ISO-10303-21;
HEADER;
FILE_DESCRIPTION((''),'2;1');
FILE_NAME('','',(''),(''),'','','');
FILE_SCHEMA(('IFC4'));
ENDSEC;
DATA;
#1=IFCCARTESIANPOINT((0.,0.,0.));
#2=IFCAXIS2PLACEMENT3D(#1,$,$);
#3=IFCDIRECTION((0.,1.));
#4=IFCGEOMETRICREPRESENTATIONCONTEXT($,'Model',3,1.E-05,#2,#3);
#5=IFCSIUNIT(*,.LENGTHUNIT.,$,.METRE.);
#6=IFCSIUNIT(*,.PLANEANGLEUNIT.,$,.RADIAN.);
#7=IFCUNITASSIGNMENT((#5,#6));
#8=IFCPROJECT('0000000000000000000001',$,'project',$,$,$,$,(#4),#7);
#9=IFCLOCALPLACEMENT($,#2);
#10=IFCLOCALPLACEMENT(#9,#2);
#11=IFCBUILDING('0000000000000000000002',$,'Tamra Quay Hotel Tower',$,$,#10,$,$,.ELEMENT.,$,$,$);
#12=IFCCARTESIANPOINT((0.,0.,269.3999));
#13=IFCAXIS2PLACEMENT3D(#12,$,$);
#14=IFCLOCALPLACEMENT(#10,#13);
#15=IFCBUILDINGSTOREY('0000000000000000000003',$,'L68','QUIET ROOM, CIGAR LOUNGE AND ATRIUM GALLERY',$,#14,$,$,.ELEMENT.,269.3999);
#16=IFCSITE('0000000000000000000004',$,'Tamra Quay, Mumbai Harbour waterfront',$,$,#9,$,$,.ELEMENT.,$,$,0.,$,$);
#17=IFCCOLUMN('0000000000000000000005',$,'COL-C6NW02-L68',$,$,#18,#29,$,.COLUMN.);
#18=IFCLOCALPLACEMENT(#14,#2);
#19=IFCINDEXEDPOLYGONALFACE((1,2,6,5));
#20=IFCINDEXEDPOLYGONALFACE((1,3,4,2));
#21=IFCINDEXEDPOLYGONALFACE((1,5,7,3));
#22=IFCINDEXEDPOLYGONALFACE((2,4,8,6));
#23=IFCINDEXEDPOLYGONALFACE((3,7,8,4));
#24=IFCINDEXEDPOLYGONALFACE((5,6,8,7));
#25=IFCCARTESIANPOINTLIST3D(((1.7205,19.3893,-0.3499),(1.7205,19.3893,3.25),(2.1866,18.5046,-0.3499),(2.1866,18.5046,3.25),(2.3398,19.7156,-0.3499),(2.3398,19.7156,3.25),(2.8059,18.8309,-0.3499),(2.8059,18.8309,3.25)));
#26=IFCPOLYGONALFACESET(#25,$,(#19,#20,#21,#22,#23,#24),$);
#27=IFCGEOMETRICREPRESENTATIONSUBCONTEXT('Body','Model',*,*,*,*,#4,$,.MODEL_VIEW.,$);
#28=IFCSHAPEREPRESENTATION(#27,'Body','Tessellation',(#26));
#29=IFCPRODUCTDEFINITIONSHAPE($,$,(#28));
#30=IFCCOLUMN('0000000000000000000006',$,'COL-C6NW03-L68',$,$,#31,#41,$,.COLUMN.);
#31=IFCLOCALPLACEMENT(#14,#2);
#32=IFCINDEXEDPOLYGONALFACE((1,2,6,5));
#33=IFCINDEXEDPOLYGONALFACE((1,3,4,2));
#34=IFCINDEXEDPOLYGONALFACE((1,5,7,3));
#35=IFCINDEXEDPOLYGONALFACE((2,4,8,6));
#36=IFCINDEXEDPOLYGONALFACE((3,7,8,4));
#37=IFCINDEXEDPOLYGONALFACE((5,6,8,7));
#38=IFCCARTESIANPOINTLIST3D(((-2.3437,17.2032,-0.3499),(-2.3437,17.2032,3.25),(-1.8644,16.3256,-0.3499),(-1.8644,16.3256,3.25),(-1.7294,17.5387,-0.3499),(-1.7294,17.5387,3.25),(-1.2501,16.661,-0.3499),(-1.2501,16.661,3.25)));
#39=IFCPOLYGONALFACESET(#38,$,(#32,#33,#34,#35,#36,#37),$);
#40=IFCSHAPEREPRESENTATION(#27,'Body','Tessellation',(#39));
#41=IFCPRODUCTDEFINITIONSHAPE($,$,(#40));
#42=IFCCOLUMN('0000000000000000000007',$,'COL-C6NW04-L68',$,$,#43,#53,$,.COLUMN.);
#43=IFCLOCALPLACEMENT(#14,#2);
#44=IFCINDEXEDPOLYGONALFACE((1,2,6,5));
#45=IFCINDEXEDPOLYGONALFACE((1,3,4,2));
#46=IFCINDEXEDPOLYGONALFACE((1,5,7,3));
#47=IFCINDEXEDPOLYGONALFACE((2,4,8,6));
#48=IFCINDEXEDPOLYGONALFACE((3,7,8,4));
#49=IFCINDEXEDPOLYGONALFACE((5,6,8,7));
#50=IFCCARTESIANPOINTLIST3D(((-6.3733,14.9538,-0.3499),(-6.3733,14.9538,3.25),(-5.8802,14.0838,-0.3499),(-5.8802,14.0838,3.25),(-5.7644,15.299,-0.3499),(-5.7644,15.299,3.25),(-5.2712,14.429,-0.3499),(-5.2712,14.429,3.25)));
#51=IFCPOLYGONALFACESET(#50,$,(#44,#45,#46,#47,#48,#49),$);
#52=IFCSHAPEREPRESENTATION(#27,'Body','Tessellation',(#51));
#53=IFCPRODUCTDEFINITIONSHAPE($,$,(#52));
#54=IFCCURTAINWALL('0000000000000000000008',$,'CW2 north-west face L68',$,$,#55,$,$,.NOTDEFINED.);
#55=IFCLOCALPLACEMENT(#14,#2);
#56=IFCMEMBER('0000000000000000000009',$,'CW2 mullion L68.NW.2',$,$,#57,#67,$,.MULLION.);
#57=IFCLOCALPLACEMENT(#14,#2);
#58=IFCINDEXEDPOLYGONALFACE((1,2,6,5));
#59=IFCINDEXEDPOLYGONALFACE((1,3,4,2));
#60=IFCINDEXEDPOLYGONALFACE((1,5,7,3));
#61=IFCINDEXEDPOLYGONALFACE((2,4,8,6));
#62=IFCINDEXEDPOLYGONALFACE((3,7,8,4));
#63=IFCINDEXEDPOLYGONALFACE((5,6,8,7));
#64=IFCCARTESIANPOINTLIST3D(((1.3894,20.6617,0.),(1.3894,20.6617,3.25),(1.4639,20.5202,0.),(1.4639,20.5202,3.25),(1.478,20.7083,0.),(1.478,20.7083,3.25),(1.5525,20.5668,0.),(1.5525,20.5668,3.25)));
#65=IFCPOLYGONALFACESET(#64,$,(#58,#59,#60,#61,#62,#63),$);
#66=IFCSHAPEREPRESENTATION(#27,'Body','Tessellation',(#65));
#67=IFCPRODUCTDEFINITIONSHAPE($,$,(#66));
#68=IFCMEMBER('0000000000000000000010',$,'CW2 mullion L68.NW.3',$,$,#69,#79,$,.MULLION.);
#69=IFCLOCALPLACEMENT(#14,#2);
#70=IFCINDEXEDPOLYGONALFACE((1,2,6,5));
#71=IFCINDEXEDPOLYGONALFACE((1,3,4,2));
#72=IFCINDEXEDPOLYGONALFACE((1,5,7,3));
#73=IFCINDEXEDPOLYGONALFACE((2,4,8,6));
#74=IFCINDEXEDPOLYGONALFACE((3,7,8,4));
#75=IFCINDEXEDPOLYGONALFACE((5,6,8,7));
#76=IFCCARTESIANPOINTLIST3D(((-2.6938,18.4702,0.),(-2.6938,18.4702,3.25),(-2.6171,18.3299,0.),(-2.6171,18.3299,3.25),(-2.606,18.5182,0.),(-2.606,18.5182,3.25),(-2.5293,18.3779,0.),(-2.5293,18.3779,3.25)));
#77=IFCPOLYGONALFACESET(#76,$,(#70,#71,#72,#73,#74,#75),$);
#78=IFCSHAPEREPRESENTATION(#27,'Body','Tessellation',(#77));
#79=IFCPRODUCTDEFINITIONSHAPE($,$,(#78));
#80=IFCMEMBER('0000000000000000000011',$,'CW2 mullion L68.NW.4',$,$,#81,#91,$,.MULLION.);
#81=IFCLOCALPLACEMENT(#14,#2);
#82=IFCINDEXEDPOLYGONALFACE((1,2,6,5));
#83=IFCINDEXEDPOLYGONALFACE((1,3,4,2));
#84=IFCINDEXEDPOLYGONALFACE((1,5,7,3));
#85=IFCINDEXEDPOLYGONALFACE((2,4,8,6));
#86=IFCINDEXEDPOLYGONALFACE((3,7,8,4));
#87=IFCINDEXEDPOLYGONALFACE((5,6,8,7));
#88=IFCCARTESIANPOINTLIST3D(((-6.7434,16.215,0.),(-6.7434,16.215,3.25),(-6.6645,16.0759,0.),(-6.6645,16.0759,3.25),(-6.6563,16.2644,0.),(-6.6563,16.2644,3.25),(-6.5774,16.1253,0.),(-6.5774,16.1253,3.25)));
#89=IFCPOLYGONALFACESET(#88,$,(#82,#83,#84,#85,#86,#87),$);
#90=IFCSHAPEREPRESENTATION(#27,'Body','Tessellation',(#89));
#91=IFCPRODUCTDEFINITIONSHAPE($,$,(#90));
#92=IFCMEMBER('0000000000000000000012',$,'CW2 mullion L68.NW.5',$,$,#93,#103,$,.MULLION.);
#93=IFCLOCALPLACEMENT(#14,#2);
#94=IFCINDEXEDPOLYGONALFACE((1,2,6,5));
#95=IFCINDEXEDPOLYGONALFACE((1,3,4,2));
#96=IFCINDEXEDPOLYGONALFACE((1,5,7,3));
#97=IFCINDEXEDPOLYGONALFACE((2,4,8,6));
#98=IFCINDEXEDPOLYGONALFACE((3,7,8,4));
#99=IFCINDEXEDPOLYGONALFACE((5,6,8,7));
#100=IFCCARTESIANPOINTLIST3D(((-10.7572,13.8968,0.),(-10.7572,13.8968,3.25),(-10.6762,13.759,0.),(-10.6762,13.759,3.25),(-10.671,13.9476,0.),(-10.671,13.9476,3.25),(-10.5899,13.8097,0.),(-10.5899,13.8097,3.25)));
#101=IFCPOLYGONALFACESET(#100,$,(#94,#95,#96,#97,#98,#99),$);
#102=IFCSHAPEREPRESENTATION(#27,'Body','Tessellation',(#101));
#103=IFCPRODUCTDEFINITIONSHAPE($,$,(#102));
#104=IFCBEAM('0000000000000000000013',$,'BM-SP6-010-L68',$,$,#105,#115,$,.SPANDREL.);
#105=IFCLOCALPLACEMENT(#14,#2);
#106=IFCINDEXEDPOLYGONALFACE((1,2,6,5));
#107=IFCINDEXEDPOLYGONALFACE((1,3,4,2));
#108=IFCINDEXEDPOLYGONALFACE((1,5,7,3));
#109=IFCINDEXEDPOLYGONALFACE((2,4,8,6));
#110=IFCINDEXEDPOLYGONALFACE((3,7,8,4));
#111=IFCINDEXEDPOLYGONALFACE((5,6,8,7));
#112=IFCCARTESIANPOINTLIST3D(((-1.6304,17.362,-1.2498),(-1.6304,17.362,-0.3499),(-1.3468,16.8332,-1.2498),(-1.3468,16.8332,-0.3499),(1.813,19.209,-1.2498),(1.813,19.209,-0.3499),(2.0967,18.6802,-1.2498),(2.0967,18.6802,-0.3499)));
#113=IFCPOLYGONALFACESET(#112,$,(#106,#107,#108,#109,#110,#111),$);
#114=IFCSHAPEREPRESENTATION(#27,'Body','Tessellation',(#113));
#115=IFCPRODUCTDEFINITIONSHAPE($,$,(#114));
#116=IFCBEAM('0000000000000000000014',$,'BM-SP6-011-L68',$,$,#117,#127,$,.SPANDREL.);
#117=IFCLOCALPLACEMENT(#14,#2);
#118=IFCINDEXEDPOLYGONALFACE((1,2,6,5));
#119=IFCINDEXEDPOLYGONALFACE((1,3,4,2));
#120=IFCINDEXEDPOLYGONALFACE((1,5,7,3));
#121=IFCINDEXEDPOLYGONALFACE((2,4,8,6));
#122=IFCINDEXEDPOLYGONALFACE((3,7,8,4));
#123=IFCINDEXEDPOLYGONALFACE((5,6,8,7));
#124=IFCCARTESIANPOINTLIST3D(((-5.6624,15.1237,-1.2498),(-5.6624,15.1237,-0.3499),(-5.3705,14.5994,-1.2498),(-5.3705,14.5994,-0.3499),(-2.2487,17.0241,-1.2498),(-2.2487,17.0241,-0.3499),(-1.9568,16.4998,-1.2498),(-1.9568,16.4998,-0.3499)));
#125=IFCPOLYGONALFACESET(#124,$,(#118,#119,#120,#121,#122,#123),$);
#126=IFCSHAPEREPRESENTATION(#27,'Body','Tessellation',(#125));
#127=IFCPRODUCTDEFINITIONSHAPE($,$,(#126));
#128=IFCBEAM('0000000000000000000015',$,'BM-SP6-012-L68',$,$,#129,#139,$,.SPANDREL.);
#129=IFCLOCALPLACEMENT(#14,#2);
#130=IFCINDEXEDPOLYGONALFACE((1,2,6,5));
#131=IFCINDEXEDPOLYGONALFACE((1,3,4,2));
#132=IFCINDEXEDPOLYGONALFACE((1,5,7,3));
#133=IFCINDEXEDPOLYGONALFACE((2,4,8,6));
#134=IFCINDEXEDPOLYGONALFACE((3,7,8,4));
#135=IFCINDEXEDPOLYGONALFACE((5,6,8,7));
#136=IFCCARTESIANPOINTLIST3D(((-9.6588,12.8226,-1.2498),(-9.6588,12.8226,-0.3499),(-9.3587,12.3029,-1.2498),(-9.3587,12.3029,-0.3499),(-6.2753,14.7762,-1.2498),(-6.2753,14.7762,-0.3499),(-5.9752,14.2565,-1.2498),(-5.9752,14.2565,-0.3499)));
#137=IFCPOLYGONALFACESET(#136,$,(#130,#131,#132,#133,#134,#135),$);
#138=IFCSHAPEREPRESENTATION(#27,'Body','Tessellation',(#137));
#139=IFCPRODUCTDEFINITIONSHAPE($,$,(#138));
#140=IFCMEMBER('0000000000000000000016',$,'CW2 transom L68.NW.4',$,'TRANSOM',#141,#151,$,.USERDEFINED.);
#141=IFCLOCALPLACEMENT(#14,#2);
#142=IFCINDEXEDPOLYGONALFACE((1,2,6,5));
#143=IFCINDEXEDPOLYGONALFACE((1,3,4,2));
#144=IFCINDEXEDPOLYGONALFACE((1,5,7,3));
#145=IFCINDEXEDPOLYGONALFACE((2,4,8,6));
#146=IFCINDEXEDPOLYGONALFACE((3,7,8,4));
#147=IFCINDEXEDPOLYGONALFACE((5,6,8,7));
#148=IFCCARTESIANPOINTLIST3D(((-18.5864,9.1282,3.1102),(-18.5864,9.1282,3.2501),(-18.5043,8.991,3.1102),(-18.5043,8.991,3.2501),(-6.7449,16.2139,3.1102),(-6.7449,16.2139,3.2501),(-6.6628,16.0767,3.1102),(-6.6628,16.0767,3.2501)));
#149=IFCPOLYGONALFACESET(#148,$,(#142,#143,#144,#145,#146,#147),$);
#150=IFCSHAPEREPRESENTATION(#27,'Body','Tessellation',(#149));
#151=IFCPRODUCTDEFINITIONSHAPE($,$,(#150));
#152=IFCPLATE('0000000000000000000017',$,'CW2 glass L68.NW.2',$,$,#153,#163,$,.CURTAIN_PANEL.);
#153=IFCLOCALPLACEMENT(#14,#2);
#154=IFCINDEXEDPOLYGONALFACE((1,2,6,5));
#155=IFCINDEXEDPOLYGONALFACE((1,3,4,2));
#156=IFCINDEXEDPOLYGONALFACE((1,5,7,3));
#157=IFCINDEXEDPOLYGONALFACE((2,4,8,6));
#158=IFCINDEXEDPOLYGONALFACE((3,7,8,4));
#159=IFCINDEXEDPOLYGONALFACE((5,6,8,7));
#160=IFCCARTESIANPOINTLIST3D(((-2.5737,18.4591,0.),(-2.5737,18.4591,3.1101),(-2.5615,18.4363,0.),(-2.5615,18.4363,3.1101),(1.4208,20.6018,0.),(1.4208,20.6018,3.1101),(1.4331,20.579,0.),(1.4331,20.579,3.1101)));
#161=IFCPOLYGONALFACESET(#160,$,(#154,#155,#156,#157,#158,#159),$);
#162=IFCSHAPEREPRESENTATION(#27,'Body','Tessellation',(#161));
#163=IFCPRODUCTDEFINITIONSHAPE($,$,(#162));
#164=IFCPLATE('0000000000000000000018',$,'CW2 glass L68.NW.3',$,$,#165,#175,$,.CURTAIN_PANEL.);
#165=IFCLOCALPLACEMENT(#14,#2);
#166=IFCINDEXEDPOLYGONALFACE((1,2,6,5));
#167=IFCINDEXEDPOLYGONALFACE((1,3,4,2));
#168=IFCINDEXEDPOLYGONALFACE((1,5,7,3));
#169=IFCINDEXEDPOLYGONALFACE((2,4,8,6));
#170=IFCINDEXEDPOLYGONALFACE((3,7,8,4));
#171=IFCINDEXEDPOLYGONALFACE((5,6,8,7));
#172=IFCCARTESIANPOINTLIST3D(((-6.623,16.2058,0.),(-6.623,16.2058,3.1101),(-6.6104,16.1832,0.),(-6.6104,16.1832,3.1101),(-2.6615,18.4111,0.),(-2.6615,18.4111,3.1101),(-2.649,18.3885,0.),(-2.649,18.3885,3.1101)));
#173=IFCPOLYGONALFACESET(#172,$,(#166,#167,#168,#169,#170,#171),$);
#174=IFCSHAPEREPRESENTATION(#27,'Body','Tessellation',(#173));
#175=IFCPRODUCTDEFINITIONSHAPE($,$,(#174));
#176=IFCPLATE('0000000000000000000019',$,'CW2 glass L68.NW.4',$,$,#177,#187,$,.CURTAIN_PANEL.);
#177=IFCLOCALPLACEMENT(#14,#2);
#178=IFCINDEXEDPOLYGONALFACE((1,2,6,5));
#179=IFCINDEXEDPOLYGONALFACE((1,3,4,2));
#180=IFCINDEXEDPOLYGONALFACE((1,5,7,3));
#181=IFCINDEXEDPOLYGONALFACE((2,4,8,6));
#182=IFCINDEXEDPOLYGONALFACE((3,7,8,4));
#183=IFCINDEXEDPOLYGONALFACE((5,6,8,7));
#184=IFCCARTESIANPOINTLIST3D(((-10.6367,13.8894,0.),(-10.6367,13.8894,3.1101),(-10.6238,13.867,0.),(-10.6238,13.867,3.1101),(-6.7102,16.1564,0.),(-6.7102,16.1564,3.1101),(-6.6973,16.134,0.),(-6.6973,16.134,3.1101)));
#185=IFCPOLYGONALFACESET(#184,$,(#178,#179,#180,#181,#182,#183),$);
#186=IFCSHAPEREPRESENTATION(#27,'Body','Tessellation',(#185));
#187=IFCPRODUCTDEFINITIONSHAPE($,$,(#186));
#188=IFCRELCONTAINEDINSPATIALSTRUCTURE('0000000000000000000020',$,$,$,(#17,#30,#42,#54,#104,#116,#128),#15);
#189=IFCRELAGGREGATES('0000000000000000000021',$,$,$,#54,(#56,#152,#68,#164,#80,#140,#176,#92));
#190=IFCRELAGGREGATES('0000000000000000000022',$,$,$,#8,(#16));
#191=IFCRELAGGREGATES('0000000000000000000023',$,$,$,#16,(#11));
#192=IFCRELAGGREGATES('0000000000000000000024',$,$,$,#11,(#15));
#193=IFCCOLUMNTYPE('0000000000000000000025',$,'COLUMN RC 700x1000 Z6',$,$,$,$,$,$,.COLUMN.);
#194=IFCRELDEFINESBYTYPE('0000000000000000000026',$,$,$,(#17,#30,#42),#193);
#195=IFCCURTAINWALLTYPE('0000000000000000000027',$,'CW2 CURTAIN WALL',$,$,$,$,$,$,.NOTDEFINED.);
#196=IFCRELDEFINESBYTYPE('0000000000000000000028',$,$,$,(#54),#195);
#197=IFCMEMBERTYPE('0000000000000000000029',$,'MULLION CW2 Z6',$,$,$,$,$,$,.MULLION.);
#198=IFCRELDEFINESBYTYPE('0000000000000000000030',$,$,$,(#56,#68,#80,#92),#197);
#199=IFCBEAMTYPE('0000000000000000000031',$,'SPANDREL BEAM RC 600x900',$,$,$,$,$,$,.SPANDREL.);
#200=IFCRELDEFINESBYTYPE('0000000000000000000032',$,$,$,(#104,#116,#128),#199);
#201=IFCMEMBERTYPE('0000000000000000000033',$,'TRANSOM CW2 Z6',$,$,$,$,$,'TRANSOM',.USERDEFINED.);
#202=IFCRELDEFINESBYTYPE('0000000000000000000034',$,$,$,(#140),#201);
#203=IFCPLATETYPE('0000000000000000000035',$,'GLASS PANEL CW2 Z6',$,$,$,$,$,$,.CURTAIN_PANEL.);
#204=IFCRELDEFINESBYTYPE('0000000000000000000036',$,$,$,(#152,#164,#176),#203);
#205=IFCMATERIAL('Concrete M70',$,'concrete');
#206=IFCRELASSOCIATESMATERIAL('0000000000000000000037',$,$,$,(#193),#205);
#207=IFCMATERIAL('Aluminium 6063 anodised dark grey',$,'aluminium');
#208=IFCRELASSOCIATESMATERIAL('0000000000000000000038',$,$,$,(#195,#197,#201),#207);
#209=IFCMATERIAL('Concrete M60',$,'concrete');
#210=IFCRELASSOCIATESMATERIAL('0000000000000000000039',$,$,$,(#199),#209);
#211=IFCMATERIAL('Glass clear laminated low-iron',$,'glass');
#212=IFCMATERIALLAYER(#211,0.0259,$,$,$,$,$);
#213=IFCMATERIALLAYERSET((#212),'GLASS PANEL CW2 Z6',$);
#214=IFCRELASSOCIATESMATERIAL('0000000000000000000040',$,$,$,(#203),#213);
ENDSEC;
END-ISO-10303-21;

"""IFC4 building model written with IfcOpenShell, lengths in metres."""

from ifc_helpers import new_model, si_unit, direction, frame, origin, origin_2d, place, context, subcontext, project, spatial, rectangle, extrude, material, layer, layer_set, material_profile, profile_set, type_object, element, aggregate, save


model = new_model("IFC4")

# Units and contexts
model_context = context("Model", 3, precision=1e-05, world=origin(), true_north=direction((0.0, 1.0)))
body_context = subcontext(model_context, "Body", "Model", "MODEL_VIEW")
ifc_project = project(units=[si_unit("LENGTHUNIT", "METRE"), si_unit("PLANEANGLEUNIT", "RADIAN")], contexts=[model_context])

# Site, building, storey
site_placement = place(None, origin())
site = spatial("IfcSite", under=ifc_project, at=site_placement, Name="Tamra Quay, Mumbai Harbour waterfront", CompositionType="ELEMENT", RefElevation=0.0)
building_placement = place(site_placement, origin())
building = spatial("IfcBuilding", under=site, at=building_placement, Name="Tamra Quay Hotel Tower", CompositionType="ELEMENT")
storey_placement = place(building_placement, frame((0.0, 0.0, 269.3999)))
storey = spatial("IfcBuildingStorey", under=building, at=storey_placement, Name="L68", Description="QUIET ROOM, CIGAR LOUNGE AND ATRIUM GALLERY", CompositionType="ELEMENT", Elevation=269.3999)

# Columns
ifc_material_1 = material(Name="Concrete M70", Category="concrete")
ifc_material_profile_1 = material_profile(ifc_material_1, rectangle(XDim=1.0, YDim=0.7, at=origin_2d()), Name="COLUMN RC 700x1000 Z6")
ifc_profile_set_1 = profile_set([ifc_material_profile_1], Name="Concrete M70")
column_type = type_object("IfcColumnType", Name="COLUMN RC 700x1000 Z6", PredefinedType="COLUMN", material=ifc_profile_set_1)
for number, where, z_axis, x_axis, name in (
    (1, (2.2632, 19.1101, -0.3499), (0.0, 0.0, 1.0), (-0.466118, 0.884723, 0.0), "COL-C6NW02-L68"),
    (2, (-1.7969, 16.9321, -0.3499), (0.0, 0.0, 1.0), (-0.479288, 0.877658, 0.0), "COL-C6NW03-L68"),
    (3, (-5.8223, 14.6914, -0.3499), (0.0, 0.0, 1.0), (-0.493125, 0.869958, 0.0), "COL-C6NW04-L68"),
):
    element("IfcColumn", number, at=place(storey_placement, frame(where, z_axis=z_axis, x_axis=x_axis)), inside=storey, type_object=column_type, Name=name, PredefinedType="COLUMN", context=body_context, shape_type="SweptSolid", body=[
        extrude(rectangle(XDim=1.0, YDim=0.7, at=origin_2d()), origin(), (0.0, 0.0, 1.0), 3.5999),
    ])

# Curtain wall, members
ifc_material_2 = material(Name="Aluminium 6063 anodised dark grey", Category="aluminium")
curtain_wall_type = type_object("IfcCurtainWallType", Name="CW2 CURTAIN WALL", PredefinedType="NOTDEFINED", material=ifc_material_2)
curtain_wall_placement = place(storey_placement, origin())
curtain_wall = element("IfcCurtainWall", 4, at=curtain_wall_placement, inside=storey, type_object=curtain_wall_type, Name="CW2 north-west face L68", PredefinedType="NOTDEFINED")
ifc_material_profile_2 = material_profile(ifc_material_2, rectangle(XDim=0.1599, YDim=0.1001, at=origin_2d()), Name="MULLION 100X160")
ifc_profile_set_2 = profile_set([ifc_material_profile_2], Name="Aluminium 6063 anodised dark grey")
member_type_1 = type_object("IfcMemberType", Name="MULLION CW2 Z6", PredefinedType="MULLION", material=ifc_profile_set_2)
member_1_placement = place(storey_placement, frame((1.4709, 20.6143, 0.0), z_axis=(0.0, 0.0, 1.0), x_axis=(-0.465816, 0.884882, 0.0)))
member_1 = element("IfcMember", 5, at=member_1_placement, type_object=member_type_1, Name="CW2 mullion L68.NW.2", PredefinedType="MULLION", context=body_context, shape_type="SweptSolid", body=[
    extrude(rectangle(XDim=0.1599, YDim=0.1001, at=origin_2d()), origin(), (0.0, 0.0, 1.0), 3.25),
])
member_2_placement = place(storey_placement, frame((-2.6116, 18.4241, 0.0), z_axis=(0.0, 0.0, 1.0), x_axis=(-0.479565, 0.877506, 0.0)))
member_2 = element("IfcMember", 6, at=member_2_placement, type_object=member_type_1, Name="CW2 mullion L68.NW.3", PredefinedType="MULLION", context=body_context, shape_type="SweptSolid", body=[
    extrude(rectangle(XDim=0.1599, YDim=0.1001, at=origin_2d()), origin(), (0.0, 0.0, 1.0), 3.25),
])
member_3_placement = place(storey_placement, frame((-6.6604, 16.1702, 0.0), z_axis=(0.0, 0.0, 1.0), x_axis=(-0.493215, 0.869907, 0.0)))
member_3 = element("IfcMember", 7, at=member_3_placement, type_object=member_type_1, Name="CW2 mullion L68.NW.4", PredefinedType="MULLION", context=body_context, shape_type="SweptSolid", body=[
    extrude(rectangle(XDim=0.1599, YDim=0.1001, at=origin_2d()), origin(), (0.0, 0.0, 1.0), 3.25),
])
member_4_placement = place(storey_placement, frame((-10.6736, 13.8533, 0.0), z_axis=(0.0, 0.0, 1.0), x_axis=(-0.506754, 0.862091, 0.0)))
member_4 = element("IfcMember", 8, at=member_4_placement, type_object=member_type_1, Name="CW2 mullion L68.NW.5", PredefinedType="MULLION", context=body_context, shape_type="SweptSolid", body=[
    extrude(rectangle(XDim=0.1599, YDim=0.1001, at=origin_2d()), origin(), (0.0, 0.0, 1.0), 3.25),
])

# Beams
ifc_material_3 = material(Name="Concrete M60", Category="concrete")
ifc_material_profile_3 = material_profile(ifc_material_3, rectangle(XDim=0.6001, YDim=0.8999, at=origin_2d()), Name="SPANDREL BEAM RC 600x900")
ifc_profile_set_3 = profile_set([ifc_material_profile_3], Name="Concrete M60")
beam_type = type_object("IfcBeamType", Name="SPANDREL BEAM RC 600x900", PredefinedType="SPANDREL", material=ifc_profile_set_3)
beam_placement = place(storey_placement, frame((1.9548, 18.9446, -0.7998), z_axis=(-0.881238, -0.472672, 0.0), x_axis=(0.472672, -0.881238, 0.0)))
element("IfcBeam", 9, at=beam_placement, inside=storey, type_object=beam_type, Name="BM-SP6-010-L68", PredefinedType="SPANDREL", context=body_context, shape_type="SweptSolid", body=[
    extrude(rectangle(XDim=0.6001, YDim=0.8999, at=origin_2d()), origin(), (0.0, 0.0, 1.0), 3.9075),
])
for number, where, z_axis, x_axis, name in (
    (10, (-2.1028, 16.762, -0.7998), (-0.873727, -0.486417, 0.0), (0.486417, -0.873727, 0.0), "BM-SP6-011-L68"),
    (11, (-6.1252, 14.5164, -0.7998), (-0.866012, -0.500024, 0.0), (0.500024, -0.866012, 0.0), "BM-SP6-012-L68"),
):
    element("IfcBeam", number, at=place(storey_placement, frame(where, z_axis=z_axis, x_axis=x_axis)), inside=storey, type_object=beam_type, Name=name, PredefinedType="SPANDREL", context=body_context, shape_type="SweptSolid", body=[
        extrude(rectangle(XDim=0.6001, YDim=0.8999, at=origin_2d()), origin(), (0.0, 0.0, 1.0), 3.907),
    ])

# Member
ifc_material_profile_4 = material_profile(ifc_material_2, rectangle(XDim=0.1599, YDim=0.1399, at=origin_2d()), Name="TRANSOM 160X140")
ifc_profile_set_4 = profile_set([ifc_material_profile_4], Name="Aluminium 6063 anodised dark grey")
member_type_2 = type_object("IfcMemberType", Name="TRANSOM CW2 Z6", ElementType="TRANSOM", PredefinedType="USERDEFINED", material=ifc_profile_set_4)
member_5_placement = place(storey_placement, frame((-6.7039, 16.1453, 3.1802), z_axis=(-0.858107, -0.51347, 0.0), x_axis=(0.51347, -0.858107, 0.0)))
member_5 = element("IfcMember", 12, at=member_5_placement, type_object=member_type_2, Name="CW2 transom L68.NW.4", ObjectType="TRANSOM", PredefinedType="USERDEFINED", context=body_context, shape_type="SweptSolid", body=[
    extrude(rectangle(XDim=0.1599, YDim=0.1399, at=origin_2d()), origin(), (0.0, 0.0, 1.0), 13.7996),
])

# Plates
ifc_material_4 = material(Name="Glass clear laminated low-iron", Category="glass")
ifc_layer_1 = layer(ifc_material_4, 0.0259)
ifc_layer_set_1 = layer_set([ifc_layer_1], Name="GLASS PANEL CW2 Z6")
plate_type = type_object("IfcPlateType", Name="GLASS PANEL CW2 Z6", PredefinedType="CURTAIN_PANEL", material=ifc_layer_set_1)
plate_1_placement = place(storey_placement, frame((-0.5703, 19.519, 0.0), z_axis=(0.0, 0.0, 1.0), x_axis=(-0.881224, -0.4727, 0.0)))
plate_1 = element("IfcPlate", 13, at=plate_1_placement, type_object=plate_type, Name="CW2 glass L68.NW.2", PredefinedType="CURTAIN_PANEL", context=body_context, shape_type="SweptSolid", body=[
    extrude(rectangle(XDim=4.533, YDim=0.0259, at=origin_2d()), origin(), (0.0, 0.0, 1.0), 3.1101),
])
plate_2_placement = place(storey_placement, frame((-4.636, 17.2971, 0.0), z_axis=(0.0, 0.0, 1.0), x_axis=(-0.873736, -0.486401, 0.0)))
plate_2 = element("IfcPlate", 14, at=plate_2_placement, type_object=plate_type, Name="CW2 glass L68.NW.3", PredefinedType="CURTAIN_PANEL", context=body_context, shape_type="SweptSolid", body=[
    extrude(rectangle(XDim=4.5339, YDim=0.0259, at=origin_2d()), origin(), (0.0, 0.0, 1.0), 3.1101),
])
plate_3_placement = place(storey_placement, frame((-8.667, 15.0117, 0.0), z_axis=(0.0, 0.0, 1.0), x_axis=(-0.866025, -0.5, 0.0)))
plate_3 = element("IfcPlate", 15, at=plate_3_placement, type_object=plate_type, Name="CW2 glass L68.NW.4", PredefinedType="CURTAIN_PANEL", context=body_context, shape_type="SweptSolid", body=[
    extrude(rectangle(XDim=4.5339, YDim=0.0259, at=origin_2d()), origin(), (0.0, 0.0, 1.0), 3.1101),
])
aggregate(curtain_wall, [member_1, plate_1, member_2, plate_2, member_3, member_5, plate_3, member_4])

save(model, "model.ifc")
